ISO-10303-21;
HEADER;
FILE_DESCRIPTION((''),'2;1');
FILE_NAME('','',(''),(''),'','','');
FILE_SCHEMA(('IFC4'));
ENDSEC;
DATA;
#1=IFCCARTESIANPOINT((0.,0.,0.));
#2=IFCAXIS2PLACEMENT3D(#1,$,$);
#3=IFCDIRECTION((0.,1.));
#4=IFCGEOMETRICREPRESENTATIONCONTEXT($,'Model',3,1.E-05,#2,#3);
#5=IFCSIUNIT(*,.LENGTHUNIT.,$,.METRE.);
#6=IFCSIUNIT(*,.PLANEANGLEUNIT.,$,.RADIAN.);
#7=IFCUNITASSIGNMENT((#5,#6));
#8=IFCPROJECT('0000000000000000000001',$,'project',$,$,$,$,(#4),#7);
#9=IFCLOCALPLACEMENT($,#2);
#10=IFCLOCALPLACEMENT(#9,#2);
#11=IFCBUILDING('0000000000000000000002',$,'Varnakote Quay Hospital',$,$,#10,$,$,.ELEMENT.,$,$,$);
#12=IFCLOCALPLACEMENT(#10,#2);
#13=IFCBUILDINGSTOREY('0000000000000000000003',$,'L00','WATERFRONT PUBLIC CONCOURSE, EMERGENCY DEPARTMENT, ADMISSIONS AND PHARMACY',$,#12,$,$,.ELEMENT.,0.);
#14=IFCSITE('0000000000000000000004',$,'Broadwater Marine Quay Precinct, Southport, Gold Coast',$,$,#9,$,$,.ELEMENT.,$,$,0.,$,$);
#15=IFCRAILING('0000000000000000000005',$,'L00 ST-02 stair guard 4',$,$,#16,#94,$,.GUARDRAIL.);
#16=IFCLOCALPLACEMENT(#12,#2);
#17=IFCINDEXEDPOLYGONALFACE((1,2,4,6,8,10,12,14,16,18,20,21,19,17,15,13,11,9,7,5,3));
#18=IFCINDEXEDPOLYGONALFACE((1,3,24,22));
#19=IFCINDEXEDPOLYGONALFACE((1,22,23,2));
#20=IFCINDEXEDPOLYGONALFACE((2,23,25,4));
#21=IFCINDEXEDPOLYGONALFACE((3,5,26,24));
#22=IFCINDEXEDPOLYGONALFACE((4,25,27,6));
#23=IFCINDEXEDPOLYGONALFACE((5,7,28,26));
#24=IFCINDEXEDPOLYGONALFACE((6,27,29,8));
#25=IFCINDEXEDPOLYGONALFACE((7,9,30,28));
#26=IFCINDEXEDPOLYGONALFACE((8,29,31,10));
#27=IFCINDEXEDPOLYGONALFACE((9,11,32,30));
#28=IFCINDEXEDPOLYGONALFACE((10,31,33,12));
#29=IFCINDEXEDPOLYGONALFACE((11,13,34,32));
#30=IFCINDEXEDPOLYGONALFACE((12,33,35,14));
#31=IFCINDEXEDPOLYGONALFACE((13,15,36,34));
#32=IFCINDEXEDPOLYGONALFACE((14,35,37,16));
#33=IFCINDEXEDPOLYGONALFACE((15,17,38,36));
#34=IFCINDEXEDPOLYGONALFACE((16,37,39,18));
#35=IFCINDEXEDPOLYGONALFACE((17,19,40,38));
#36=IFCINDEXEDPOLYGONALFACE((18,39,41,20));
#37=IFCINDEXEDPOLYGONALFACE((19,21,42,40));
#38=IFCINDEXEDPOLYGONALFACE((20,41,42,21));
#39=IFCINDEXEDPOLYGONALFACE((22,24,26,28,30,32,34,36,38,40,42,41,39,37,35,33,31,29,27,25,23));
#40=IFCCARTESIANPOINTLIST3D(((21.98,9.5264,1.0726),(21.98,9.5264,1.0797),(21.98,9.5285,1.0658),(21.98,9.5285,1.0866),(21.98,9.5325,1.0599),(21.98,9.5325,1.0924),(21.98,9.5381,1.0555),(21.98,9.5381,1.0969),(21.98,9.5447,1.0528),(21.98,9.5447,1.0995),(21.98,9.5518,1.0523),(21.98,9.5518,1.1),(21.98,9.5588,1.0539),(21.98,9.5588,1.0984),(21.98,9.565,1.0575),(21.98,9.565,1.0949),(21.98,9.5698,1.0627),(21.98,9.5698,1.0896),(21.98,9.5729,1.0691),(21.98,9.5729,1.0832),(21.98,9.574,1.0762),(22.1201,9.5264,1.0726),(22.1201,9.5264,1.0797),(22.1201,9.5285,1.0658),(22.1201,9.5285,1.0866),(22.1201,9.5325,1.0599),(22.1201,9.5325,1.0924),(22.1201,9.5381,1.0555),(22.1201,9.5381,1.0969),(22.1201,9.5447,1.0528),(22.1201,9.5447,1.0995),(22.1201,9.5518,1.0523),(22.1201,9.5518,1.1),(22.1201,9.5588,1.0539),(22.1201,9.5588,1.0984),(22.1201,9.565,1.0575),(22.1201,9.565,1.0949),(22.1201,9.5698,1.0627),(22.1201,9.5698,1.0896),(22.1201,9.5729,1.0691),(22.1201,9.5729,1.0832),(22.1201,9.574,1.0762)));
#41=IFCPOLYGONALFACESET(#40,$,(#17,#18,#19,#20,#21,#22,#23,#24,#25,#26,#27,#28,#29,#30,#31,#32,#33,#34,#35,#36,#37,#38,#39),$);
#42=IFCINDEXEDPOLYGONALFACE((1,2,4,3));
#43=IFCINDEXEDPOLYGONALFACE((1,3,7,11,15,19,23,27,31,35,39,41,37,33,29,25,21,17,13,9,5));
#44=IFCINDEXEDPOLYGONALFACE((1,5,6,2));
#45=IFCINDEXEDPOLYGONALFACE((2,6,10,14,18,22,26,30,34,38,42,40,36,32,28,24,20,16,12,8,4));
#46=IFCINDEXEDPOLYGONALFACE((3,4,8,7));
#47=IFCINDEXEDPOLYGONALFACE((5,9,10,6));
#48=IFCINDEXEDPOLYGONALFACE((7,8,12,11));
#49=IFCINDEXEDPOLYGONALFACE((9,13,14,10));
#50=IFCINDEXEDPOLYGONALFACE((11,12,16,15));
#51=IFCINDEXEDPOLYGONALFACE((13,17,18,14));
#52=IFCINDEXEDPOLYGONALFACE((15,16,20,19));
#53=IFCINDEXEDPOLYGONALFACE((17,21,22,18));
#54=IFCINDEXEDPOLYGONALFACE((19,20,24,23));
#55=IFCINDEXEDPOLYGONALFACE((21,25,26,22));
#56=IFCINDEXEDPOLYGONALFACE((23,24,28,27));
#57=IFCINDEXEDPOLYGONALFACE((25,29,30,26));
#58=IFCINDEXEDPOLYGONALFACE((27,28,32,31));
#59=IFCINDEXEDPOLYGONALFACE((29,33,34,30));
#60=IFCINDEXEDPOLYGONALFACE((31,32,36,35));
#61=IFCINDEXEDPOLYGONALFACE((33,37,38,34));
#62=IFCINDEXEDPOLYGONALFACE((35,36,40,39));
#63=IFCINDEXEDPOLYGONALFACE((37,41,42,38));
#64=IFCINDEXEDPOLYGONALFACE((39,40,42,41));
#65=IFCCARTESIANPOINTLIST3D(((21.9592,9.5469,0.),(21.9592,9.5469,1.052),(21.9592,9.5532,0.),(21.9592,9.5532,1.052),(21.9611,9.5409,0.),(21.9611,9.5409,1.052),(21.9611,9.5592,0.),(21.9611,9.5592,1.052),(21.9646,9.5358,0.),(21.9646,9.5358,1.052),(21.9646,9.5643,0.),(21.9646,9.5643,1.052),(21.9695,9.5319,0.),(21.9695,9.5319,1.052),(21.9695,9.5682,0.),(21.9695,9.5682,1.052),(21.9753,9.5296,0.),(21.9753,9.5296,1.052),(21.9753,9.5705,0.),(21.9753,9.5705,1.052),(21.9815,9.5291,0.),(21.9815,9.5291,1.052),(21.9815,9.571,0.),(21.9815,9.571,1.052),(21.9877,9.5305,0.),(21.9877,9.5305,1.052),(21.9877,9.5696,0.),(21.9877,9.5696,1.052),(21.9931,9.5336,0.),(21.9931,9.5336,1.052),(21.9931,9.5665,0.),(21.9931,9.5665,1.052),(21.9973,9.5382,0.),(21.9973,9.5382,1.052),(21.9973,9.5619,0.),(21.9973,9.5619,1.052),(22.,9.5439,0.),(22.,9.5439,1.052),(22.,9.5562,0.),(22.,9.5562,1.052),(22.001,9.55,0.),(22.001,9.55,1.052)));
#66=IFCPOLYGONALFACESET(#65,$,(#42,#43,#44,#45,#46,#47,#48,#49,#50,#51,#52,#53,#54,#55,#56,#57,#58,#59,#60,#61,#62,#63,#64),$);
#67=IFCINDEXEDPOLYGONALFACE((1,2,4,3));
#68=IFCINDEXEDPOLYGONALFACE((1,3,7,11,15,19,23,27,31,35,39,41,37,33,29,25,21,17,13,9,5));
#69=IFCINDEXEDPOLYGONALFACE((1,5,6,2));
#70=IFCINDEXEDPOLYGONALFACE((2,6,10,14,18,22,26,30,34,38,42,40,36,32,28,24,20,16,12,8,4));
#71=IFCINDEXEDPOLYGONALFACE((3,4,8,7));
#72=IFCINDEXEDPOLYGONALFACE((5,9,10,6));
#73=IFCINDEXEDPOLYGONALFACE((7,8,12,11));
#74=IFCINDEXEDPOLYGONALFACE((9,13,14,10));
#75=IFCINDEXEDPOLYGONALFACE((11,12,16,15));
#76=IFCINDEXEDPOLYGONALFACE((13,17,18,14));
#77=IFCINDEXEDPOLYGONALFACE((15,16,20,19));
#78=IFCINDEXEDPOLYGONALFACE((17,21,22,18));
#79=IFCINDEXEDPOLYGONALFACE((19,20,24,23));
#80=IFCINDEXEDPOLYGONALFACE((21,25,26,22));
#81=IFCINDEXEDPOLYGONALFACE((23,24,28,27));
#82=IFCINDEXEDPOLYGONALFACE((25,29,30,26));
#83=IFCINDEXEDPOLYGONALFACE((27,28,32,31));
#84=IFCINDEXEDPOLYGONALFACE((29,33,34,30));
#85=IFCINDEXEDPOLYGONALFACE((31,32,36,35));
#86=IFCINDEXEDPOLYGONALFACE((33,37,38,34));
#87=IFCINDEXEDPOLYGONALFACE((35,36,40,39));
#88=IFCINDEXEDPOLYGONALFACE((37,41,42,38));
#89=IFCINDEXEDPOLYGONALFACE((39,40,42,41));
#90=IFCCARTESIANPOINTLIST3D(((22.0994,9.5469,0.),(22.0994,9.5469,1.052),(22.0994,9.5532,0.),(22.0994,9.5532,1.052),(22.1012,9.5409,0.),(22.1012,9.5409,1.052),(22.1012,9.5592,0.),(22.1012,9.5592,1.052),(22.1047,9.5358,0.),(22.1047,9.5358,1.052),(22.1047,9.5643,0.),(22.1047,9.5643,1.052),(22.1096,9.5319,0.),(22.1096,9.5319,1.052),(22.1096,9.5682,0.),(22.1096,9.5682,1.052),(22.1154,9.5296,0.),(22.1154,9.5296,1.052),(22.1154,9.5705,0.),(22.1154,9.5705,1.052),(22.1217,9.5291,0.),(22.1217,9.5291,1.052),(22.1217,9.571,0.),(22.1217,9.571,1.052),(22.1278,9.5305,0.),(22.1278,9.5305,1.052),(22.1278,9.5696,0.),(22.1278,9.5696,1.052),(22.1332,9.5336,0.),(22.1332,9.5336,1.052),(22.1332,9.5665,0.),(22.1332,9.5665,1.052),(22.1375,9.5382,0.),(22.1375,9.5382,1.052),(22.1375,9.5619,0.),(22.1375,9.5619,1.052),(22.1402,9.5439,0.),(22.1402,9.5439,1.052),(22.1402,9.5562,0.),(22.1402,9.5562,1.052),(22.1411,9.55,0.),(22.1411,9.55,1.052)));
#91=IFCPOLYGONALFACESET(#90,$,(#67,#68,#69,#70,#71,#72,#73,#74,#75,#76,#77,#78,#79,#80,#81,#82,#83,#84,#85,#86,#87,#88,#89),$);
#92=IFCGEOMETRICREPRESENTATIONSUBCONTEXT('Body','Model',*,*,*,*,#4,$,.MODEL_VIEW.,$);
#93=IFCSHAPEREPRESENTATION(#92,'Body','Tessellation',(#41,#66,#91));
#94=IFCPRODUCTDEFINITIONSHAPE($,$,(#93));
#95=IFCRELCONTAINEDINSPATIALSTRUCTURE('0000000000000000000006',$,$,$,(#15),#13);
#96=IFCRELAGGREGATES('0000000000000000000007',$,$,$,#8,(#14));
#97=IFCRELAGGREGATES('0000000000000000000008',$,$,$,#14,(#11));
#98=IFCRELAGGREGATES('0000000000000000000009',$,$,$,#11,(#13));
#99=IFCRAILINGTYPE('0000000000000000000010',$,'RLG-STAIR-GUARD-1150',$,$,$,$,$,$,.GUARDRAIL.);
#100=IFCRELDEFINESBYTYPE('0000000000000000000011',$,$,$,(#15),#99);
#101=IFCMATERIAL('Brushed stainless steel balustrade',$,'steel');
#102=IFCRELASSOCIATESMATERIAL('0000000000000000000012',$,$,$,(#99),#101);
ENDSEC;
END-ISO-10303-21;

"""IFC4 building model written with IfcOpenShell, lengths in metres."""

from ifc_helpers import new_model, si_unit, direction, frame, origin, origin_2d, place, context, subcontext, project, spatial, circle, extrude, material, type_object, element, save


model = new_model("IFC4")

# Units and contexts
model_context = context("Model", 3, precision=1e-05, world=origin(), true_north=direction((0.0, 1.0)))
body_context = subcontext(model_context, "Body", "Model", "MODEL_VIEW")
ifc_project = project(units=[si_unit("LENGTHUNIT", "METRE"), si_unit("PLANEANGLEUNIT", "RADIAN")], contexts=[model_context])

# Site, building, storey
site_placement = place(None, origin())
site = spatial("IfcSite", under=ifc_project, at=site_placement, Name="Broadwater Marine Quay Precinct, Southport, Gold Coast", CompositionType="ELEMENT", RefElevation=0.0)
building_placement = place(site_placement, origin())
building = spatial("IfcBuilding", under=site, at=building_placement, Name="Varnakote Quay Hospital", CompositionType="ELEMENT")
storey_placement = place(building_placement, origin())
storey = spatial("IfcBuildingStorey", under=building, at=storey_placement, Name="L00", Description="WATERFRONT PUBLIC CONCOURSE, EMERGENCY DEPARTMENT, ADMISSIONS AND PHARMACY", CompositionType="ELEMENT", Elevation=0.0)

# Railing
ifc_material_1 = material(Name="Brushed stainless steel balustrade", Category="steel")
railing_type_1 = type_object("IfcRailingType", Name="RLG-STAIR-GUARD-1150", PredefinedType="GUARDRAIL", material=ifc_material_1)
railing_1_placement = place(storey_placement, frame((21.98, 9.55, 0.0)))
element("IfcRailing", 1, at=railing_1_placement, inside=storey, type_object=railing_type_1, Name="L00 ST-02 stair guard 4", PredefinedType="GUARDRAIL", context=body_context, shape_type="SweptSolid", body=[
    extrude(circle(Radius=0.0239, at=origin_2d()), frame((0.0, 0.0, 1.0762), z_axis=(1.0, 0.0, 0.0), x_axis=(0.0, 1.0, 0.0)), (0.0, 0.0, 1.0), 0.1401),
    extrude(circle(Radius=0.021, at=origin_2d()), origin(), (0.0, 0.0, 1.0), 1.052),
    extrude(circle(Radius=0.021, at=origin_2d()), frame((0.1401, 0.0, 0.0)), (0.0, 0.0, 1.0), 1.052),
])

save(model, "model.ifc")
